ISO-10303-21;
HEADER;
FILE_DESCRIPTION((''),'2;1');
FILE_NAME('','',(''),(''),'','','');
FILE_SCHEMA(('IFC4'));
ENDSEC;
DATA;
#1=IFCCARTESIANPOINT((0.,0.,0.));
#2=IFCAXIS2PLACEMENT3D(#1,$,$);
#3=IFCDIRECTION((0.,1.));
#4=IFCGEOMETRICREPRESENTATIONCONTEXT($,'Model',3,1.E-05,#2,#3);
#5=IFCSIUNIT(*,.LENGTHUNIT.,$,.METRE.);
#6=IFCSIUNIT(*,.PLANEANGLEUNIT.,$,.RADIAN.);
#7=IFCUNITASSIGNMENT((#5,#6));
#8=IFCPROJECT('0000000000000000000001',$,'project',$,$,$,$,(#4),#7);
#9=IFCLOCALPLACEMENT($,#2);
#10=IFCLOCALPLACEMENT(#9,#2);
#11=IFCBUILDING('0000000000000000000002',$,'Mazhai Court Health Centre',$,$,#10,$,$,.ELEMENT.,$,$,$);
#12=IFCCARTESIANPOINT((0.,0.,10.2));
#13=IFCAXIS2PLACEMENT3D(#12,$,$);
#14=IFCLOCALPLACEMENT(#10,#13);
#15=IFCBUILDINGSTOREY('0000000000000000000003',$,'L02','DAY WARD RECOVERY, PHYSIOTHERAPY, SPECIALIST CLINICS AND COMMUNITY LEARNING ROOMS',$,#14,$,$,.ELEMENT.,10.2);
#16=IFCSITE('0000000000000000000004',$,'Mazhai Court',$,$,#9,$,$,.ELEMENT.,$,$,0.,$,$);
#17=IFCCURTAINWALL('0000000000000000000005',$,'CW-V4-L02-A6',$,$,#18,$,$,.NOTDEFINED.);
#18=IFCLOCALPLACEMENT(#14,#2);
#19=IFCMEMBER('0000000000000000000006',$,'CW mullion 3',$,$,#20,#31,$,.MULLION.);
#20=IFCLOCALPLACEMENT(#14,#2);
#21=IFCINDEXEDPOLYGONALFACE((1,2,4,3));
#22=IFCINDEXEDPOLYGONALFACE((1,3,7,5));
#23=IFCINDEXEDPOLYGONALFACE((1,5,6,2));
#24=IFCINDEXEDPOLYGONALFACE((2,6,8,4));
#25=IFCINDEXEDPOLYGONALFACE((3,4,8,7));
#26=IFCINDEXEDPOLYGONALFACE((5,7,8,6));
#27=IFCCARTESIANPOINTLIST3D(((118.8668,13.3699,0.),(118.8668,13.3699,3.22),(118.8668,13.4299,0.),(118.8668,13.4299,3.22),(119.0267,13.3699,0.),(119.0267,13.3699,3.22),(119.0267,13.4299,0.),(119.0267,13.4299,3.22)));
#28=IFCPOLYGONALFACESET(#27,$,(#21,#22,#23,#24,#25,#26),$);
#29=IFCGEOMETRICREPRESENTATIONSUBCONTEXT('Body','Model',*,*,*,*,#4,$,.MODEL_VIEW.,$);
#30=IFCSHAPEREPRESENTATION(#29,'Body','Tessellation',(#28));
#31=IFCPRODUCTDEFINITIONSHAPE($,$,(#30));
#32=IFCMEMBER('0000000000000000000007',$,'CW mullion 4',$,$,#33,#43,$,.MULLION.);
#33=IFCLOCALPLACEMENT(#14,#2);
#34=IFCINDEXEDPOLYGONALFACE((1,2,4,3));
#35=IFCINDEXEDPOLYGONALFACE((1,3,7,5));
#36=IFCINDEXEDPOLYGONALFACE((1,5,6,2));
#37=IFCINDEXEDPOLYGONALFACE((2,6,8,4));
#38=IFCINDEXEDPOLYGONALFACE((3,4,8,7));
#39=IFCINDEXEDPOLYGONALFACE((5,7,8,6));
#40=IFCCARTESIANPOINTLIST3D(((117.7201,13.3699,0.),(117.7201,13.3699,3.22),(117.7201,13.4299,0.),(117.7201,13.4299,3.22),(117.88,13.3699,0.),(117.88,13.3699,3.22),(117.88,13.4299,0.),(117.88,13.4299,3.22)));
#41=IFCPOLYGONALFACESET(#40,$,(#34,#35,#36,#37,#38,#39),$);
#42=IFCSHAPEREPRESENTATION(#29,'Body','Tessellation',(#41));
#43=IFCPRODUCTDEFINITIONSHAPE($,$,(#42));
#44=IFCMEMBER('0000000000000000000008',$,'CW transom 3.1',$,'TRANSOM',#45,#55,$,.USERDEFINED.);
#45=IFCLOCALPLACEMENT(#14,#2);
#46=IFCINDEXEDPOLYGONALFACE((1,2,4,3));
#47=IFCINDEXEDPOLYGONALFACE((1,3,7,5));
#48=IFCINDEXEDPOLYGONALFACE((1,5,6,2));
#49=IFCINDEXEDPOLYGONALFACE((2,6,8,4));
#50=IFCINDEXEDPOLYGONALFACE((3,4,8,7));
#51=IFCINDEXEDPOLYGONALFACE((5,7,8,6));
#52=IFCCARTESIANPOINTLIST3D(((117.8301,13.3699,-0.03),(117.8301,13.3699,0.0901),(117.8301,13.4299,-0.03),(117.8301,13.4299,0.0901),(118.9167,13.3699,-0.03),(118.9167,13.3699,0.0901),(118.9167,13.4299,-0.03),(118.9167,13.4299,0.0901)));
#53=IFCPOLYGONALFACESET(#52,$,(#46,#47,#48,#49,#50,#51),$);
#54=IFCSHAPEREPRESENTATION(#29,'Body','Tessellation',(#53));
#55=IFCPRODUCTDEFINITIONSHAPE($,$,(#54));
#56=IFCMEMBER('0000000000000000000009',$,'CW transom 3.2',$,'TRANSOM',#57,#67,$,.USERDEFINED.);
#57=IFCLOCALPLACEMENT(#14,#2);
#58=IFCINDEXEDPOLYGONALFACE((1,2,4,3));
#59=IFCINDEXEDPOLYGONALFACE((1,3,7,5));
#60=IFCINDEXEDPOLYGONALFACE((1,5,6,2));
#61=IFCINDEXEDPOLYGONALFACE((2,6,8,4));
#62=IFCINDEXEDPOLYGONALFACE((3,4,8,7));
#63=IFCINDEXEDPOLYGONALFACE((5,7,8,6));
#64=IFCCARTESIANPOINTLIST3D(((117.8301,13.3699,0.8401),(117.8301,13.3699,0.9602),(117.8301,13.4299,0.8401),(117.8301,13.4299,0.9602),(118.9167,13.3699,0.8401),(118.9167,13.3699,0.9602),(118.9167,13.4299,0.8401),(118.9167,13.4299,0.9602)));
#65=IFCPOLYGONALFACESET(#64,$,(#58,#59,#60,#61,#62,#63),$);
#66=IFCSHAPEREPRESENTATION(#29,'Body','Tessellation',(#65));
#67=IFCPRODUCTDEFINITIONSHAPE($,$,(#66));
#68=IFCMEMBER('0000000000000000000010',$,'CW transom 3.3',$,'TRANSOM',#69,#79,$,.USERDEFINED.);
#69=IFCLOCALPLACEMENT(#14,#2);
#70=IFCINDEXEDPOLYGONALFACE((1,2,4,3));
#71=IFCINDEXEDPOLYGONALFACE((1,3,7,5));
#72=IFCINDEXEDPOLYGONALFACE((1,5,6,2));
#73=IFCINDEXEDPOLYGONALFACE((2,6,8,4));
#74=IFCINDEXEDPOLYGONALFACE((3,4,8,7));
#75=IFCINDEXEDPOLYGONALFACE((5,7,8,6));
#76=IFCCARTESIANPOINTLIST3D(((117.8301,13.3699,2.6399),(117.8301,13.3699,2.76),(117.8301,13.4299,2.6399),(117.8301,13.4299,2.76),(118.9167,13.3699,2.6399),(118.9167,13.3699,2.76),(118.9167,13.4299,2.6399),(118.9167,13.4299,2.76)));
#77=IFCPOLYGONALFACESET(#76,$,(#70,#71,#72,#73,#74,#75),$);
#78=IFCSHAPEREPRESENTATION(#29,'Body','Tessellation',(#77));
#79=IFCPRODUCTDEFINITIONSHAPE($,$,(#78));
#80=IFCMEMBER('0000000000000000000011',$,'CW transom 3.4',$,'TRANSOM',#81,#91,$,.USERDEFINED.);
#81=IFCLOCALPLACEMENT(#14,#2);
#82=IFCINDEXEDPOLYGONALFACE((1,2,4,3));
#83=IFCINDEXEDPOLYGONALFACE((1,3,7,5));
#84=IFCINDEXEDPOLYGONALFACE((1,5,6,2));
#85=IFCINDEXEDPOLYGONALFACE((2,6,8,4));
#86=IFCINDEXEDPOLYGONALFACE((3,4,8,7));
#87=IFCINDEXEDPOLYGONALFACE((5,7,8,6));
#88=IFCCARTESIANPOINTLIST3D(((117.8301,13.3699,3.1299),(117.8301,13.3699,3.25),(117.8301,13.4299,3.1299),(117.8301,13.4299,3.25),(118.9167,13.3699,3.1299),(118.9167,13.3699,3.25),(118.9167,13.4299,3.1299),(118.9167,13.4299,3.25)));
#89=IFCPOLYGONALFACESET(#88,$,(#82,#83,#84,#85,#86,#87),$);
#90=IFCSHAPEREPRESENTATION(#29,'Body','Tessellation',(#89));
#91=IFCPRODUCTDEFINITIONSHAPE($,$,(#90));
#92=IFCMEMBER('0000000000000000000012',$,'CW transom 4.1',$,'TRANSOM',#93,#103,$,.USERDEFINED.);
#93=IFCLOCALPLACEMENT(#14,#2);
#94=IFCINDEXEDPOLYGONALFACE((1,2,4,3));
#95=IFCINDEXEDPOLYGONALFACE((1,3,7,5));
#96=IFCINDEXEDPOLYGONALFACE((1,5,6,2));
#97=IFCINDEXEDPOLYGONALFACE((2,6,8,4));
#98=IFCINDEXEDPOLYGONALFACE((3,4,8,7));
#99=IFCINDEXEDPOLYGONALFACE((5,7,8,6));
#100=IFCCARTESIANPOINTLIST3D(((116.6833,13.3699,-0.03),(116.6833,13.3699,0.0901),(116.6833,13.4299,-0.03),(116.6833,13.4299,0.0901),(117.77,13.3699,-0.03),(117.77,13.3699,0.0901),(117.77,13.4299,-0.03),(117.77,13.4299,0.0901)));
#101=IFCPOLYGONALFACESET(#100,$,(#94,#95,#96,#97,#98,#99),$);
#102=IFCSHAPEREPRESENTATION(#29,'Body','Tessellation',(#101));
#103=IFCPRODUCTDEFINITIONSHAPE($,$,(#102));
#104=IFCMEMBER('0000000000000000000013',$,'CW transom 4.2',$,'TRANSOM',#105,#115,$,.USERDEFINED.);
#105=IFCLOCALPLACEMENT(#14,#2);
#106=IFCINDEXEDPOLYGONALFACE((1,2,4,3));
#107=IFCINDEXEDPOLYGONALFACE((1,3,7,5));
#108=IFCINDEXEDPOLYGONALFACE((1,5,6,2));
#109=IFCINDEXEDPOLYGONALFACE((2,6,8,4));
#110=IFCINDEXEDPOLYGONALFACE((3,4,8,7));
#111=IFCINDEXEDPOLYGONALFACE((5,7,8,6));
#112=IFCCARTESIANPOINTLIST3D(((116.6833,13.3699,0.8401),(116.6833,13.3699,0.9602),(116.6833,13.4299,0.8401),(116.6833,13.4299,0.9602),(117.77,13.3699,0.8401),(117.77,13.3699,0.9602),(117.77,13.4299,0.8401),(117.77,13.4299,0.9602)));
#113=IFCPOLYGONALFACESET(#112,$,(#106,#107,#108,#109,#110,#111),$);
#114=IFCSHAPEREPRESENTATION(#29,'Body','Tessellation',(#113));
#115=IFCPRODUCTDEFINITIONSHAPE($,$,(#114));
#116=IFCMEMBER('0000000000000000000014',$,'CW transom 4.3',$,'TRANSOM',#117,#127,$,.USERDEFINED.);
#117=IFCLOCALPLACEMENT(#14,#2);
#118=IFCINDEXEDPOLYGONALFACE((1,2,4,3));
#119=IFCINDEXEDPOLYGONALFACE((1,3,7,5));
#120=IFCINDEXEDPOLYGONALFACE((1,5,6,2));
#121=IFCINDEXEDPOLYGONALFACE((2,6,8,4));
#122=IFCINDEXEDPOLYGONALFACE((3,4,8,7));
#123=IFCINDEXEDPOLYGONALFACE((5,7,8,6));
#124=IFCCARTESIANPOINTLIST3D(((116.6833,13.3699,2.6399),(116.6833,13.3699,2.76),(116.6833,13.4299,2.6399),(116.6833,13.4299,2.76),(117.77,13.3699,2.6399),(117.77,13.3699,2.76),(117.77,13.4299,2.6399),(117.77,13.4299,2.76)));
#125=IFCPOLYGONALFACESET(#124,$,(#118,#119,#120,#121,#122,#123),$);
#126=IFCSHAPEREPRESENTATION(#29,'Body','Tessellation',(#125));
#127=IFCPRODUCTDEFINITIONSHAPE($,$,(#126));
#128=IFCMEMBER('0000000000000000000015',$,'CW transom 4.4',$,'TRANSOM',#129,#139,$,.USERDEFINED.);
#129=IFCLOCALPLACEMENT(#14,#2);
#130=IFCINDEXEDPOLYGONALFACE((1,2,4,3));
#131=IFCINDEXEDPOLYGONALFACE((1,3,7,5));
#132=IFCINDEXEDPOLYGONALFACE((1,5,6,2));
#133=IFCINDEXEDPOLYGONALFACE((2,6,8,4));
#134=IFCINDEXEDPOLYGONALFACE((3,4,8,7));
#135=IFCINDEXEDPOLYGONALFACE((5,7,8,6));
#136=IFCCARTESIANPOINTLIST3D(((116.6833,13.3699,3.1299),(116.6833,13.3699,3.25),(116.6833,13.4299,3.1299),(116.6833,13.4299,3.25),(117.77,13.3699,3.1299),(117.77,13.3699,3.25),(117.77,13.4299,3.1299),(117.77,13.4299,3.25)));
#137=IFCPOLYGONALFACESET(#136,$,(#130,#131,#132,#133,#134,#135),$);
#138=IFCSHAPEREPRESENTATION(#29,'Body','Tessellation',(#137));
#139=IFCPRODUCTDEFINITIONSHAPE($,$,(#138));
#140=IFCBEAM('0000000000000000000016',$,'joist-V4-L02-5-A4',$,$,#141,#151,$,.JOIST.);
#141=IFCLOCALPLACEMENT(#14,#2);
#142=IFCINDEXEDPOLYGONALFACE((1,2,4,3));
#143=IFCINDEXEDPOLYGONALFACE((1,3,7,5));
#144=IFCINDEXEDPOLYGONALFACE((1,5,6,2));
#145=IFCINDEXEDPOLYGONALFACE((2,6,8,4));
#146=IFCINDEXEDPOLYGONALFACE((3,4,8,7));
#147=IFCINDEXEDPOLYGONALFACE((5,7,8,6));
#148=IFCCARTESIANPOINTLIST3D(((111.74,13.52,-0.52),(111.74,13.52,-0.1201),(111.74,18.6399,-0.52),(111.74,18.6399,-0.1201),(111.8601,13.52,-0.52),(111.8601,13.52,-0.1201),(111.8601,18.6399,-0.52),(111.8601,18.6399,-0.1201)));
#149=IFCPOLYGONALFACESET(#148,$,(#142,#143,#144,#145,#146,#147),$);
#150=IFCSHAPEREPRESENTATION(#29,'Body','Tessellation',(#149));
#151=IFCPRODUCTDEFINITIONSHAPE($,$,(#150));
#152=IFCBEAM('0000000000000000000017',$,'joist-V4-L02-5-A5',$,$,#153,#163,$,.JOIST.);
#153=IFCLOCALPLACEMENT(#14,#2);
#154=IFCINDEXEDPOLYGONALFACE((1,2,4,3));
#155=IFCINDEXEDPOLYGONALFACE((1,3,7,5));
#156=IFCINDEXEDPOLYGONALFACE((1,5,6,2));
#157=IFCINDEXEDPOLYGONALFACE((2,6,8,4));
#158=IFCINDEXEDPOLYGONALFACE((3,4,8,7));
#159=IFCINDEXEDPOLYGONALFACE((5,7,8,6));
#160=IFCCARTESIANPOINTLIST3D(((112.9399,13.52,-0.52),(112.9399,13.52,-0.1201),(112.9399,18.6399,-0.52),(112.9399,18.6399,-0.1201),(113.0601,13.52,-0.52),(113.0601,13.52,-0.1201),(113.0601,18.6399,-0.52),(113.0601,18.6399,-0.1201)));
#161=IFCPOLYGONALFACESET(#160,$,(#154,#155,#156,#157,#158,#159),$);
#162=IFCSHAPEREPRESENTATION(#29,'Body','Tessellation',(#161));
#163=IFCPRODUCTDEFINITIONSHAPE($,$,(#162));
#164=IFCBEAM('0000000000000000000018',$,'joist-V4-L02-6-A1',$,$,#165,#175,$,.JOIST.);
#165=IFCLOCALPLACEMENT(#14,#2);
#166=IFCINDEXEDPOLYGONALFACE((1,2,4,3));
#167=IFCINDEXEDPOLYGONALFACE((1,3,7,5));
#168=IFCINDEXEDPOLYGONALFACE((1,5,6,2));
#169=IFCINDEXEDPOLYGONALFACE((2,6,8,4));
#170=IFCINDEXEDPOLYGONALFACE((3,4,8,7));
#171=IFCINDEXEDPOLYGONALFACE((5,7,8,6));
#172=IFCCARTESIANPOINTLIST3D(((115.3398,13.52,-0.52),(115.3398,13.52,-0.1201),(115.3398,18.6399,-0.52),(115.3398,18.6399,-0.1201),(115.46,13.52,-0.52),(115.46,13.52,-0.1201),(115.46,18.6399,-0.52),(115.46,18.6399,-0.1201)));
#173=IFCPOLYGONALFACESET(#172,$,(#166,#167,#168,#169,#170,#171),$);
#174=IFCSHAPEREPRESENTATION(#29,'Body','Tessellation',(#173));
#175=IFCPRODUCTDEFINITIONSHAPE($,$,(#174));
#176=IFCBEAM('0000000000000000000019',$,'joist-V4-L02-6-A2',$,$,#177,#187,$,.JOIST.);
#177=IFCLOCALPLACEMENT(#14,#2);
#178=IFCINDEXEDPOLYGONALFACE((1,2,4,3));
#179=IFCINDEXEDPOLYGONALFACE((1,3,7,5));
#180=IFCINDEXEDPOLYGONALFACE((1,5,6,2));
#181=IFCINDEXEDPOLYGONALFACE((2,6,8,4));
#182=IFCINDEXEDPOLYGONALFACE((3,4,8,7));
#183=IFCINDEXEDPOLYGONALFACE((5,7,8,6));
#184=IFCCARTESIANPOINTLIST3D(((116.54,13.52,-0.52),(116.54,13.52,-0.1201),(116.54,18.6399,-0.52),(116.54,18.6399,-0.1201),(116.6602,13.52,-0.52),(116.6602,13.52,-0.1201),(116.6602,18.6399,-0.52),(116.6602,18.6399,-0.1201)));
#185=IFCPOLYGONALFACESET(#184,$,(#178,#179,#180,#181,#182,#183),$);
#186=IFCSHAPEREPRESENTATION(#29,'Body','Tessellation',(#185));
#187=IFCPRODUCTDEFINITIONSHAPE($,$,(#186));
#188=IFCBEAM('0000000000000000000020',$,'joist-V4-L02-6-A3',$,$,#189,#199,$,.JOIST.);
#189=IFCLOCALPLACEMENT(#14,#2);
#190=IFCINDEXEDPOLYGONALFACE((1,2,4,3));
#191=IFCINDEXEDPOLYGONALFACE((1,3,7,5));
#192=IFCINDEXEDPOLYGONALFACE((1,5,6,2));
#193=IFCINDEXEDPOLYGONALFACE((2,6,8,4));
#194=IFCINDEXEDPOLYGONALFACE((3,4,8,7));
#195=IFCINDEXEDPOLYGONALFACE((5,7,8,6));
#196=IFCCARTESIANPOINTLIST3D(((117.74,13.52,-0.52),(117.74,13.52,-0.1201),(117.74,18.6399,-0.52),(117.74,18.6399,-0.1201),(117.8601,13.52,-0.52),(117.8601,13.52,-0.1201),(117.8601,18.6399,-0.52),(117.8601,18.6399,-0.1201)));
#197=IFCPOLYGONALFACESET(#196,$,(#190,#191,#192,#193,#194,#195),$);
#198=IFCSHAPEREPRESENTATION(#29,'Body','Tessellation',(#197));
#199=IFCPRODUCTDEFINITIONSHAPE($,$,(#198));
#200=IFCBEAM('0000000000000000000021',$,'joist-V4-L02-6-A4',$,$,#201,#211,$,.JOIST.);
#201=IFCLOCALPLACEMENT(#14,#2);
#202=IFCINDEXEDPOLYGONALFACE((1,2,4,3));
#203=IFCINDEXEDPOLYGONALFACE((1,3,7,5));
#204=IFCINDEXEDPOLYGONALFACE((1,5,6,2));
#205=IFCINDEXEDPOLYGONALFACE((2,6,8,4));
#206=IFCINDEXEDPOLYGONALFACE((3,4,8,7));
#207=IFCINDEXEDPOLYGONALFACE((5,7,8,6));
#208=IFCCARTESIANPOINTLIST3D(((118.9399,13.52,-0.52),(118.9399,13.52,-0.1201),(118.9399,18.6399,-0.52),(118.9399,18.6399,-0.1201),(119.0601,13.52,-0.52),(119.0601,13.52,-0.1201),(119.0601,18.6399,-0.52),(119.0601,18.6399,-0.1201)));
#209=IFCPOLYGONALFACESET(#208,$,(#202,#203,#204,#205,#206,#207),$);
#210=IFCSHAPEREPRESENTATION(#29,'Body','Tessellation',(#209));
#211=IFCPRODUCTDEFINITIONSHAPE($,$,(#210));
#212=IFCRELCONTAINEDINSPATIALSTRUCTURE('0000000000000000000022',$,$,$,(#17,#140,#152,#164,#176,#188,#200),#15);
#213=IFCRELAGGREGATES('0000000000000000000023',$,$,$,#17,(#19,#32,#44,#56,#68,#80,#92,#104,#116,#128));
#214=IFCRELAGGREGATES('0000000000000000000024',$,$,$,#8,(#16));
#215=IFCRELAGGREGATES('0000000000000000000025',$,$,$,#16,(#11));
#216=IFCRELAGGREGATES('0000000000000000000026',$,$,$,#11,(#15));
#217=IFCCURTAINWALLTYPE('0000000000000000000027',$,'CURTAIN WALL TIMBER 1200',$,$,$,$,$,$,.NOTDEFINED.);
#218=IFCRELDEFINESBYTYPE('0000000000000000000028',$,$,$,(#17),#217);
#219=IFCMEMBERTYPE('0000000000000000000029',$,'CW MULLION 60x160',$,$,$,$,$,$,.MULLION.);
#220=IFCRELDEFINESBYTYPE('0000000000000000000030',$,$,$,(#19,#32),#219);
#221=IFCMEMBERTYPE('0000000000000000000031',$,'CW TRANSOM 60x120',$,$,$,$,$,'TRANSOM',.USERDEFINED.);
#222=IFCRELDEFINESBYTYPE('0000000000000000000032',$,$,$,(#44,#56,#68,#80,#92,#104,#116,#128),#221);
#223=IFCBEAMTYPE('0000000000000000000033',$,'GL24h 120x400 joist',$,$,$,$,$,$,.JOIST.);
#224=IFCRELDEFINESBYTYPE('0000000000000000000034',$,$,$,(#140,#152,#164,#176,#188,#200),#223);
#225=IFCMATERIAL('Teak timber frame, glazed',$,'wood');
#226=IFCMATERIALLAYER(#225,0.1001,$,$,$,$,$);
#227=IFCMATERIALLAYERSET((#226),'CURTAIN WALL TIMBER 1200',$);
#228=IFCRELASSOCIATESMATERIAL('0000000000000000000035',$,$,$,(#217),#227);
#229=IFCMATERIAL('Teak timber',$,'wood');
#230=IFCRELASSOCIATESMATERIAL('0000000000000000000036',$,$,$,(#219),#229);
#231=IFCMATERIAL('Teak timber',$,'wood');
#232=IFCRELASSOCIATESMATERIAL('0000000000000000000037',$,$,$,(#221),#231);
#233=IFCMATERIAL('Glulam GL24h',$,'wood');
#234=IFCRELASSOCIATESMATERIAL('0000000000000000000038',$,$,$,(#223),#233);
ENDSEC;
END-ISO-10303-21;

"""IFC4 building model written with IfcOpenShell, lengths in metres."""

from ifc_helpers import new_model, si_unit, direction, frame, origin, origin_2d, place, context, subcontext, project, spatial, rectangle, extrude, material, layer, layer_set, material_profile, profile_set, type_object, element, aggregate, save


model = new_model("IFC4")

# Units and contexts
model_context = context("Model", 3, precision=1e-05, world=origin(), true_north=direction((0.0, 1.0)))
body_context = subcontext(model_context, "Body", "Model", "MODEL_VIEW")
ifc_project = project(units=[si_unit("LENGTHUNIT", "METRE"), si_unit("PLANEANGLEUNIT", "RADIAN")], contexts=[model_context])

# Site, building, storey
site_placement = place(None, origin())
site = spatial("IfcSite", under=ifc_project, at=site_placement, Name="Mazhai Court", CompositionType="ELEMENT", RefElevation=0.0)
building_placement = place(site_placement, origin())
building = spatial("IfcBuilding", under=site, at=building_placement, Name="Mazhai Court Health Centre", CompositionType="ELEMENT")
storey_placement = place(building_placement, frame((0.0, 0.0, 10.2)))
storey = spatial("IfcBuildingStorey", under=building, at=storey_placement, Name="L02", Description="DAY WARD RECOVERY, PHYSIOTHERAPY, SPECIALIST CLINICS AND COMMUNITY LEARNING ROOMS", CompositionType="ELEMENT", Elevation=10.2)

# Curtain wall, members
ifc_material_1 = material(Name="Teak timber frame, glazed", Category="wood")
ifc_layer_1 = layer(ifc_material_1, 0.1001)
ifc_layer_set_1 = layer_set([ifc_layer_1], Name="CURTAIN WALL TIMBER 1200")
curtain_wall_type = type_object("IfcCurtainWallType", Name="CURTAIN WALL TIMBER 1200", PredefinedType="NOTDEFINED", material=ifc_layer_set_1)
curtain_wall_placement = place(storey_placement, origin())
curtain_wall = element("IfcCurtainWall", 1, at=curtain_wall_placement, inside=storey, type_object=curtain_wall_type, Name="CW-V4-L02-A6", PredefinedType="NOTDEFINED")
ifc_material_2 = material(Name="Teak timber", Category="wood")
ifc_material_profile_1 = material_profile(ifc_material_2, rectangle(XDim=0.0601, YDim=0.1599, at=origin_2d()), Name="CW MULLION 60x160")
ifc_profile_set_1 = profile_set([ifc_material_profile_1], Name="Teak timber")
member_type_1 = type_object("IfcMemberType", Name="CW MULLION 60x160", PredefinedType="MULLION", material=ifc_profile_set_1)
member_1_placement = place(storey_placement, frame((118.9468, 13.3999, 0.0), z_axis=(0.0, 0.0, 1.0), x_axis=(0.0, -1.0, 0.0)))
member_1 = element("IfcMember", 2, at=member_1_placement, type_object=member_type_1, Name="CW mullion 3", PredefinedType="MULLION", context=body_context, shape_type="SweptSolid", body=[
    extrude(rectangle(XDim=0.0601, YDim=0.1599, at=origin_2d()), origin(), (0.0, 0.0, 1.0), 3.22),
])
member_2_placement = place(storey_placement, frame((117.8, 13.3999, 0.0), z_axis=(0.0, 0.0, 1.0), x_axis=(0.0, -1.0, 0.0)))
member_2 = element("IfcMember", 3, at=member_2_placement, type_object=member_type_1, Name="CW mullion 4", PredefinedType="MULLION", context=body_context, shape_type="SweptSolid", body=[
    extrude(rectangle(XDim=0.0601, YDim=0.1599, at=origin_2d()), origin(), (0.0, 0.0, 1.0), 3.22),
])
ifc_material_3 = material(Name="Teak timber", Category="wood")
ifc_material_profile_2 = material_profile(ifc_material_3, rectangle(XDim=0.0601, YDim=0.1201, at=origin_2d()), Name="CW TRANSOM 60x120")
ifc_profile_set_2 = profile_set([ifc_material_profile_2], Name="Teak timber")
member_type_2 = type_object("IfcMemberType", Name="CW TRANSOM 60x120", ElementType="TRANSOM", PredefinedType="USERDEFINED", material=ifc_profile_set_2)
member_3_placement = place(storey_placement, frame((118.9167, 13.3999, 0.03), z_axis=(-1.0, 0.0, 0.0), x_axis=(0.0, -1.0, 0.0)))
member_3 = element("IfcMember", 4, at=member_3_placement, type_object=member_type_2, Name="CW transom 3.1", ObjectType="TRANSOM", PredefinedType="USERDEFINED", context=body_context, shape_type="SweptSolid", body=[
    extrude(rectangle(XDim=0.0601, YDim=0.1201, at=origin_2d()), origin(), (0.0, 0.0, 1.0), 1.0867),
])
member_4_placement = place(storey_placement, frame((118.9167, 13.3999, 0.9001), z_axis=(-1.0, 0.0, 0.0), x_axis=(0.0, -1.0, 0.0)))
member_4 = element("IfcMember", 5, at=member_4_placement, type_object=member_type_2, Name="CW transom 3.2", ObjectType="TRANSOM", PredefinedType="USERDEFINED", context=body_context, shape_type="SweptSolid", body=[
    extrude(rectangle(XDim=0.0601, YDim=0.1201, at=origin_2d()), origin(), (0.0, 0.0, 1.0), 1.0867),
])
member_5_placement = place(storey_placement, frame((118.9167, 13.3999, 2.7), z_axis=(-1.0, 0.0, 0.0), x_axis=(0.0, -1.0, 0.0)))
member_5 = element("IfcMember", 6, at=member_5_placement, type_object=member_type_2, Name="CW transom 3.3", ObjectType="TRANSOM", PredefinedType="USERDEFINED", context=body_context, shape_type="SweptSolid", body=[
    extrude(rectangle(XDim=0.0601, YDim=0.1201, at=origin_2d()), origin(), (0.0, 0.0, 1.0), 1.0867),
])
member_6_placement = place(storey_placement, frame((118.9167, 13.3999, 3.1899), z_axis=(-1.0, 0.0, 0.0), x_axis=(0.0, -1.0, 0.0)))
member_6 = element("IfcMember", 7, at=member_6_placement, type_object=member_type_2, Name="CW transom 3.4", ObjectType="TRANSOM", PredefinedType="USERDEFINED", context=body_context, shape_type="SweptSolid", body=[
    extrude(rectangle(XDim=0.0601, YDim=0.1201, at=origin_2d()), origin(), (0.0, 0.0, 1.0), 1.0867),
])
member_7_placement = place(storey_placement, frame((117.77, 13.3999, 0.03), z_axis=(-1.0, 0.0, 0.0), x_axis=(0.0, -1.0, 0.0)))
member_7 = element("IfcMember", 8, at=member_7_placement, type_object=member_type_2, Name="CW transom 4.1", ObjectType="TRANSOM", PredefinedType="USERDEFINED", context=body_context, shape_type="SweptSolid", body=[
    extrude(rectangle(XDim=0.0601, YDim=0.1201, at=origin_2d()), origin(), (0.0, 0.0, 1.0), 1.0867),
])
member_8_placement = place(storey_placement, frame((117.77, 13.3999, 0.9001), z_axis=(-1.0, 0.0, 0.0), x_axis=(0.0, -1.0, 0.0)))
member_8 = element("IfcMember", 9, at=member_8_placement, type_object=member_type_2, Name="CW transom 4.2", ObjectType="TRANSOM", PredefinedType="USERDEFINED", context=body_context, shape_type="SweptSolid", body=[
    extrude(rectangle(XDim=0.0601, YDim=0.1201, at=origin_2d()), origin(), (0.0, 0.0, 1.0), 1.0867),
])
member_9_placement = place(storey_placement, frame((117.77, 13.3999, 2.7), z_axis=(-1.0, 0.0, 0.0), x_axis=(0.0, -1.0, 0.0)))
member_9 = element("IfcMember", 10, at=member_9_placement, type_object=member_type_2, Name="CW transom 4.3", ObjectType="TRANSOM", PredefinedType="USERDEFINED", context=body_context, shape_type="SweptSolid", body=[
    extrude(rectangle(XDim=0.0601, YDim=0.1201, at=origin_2d()), origin(), (0.0, 0.0, 1.0), 1.0867),
])
member_10_placement = place(storey_placement, frame((117.77, 13.3999, 3.1899), z_axis=(-1.0, 0.0, 0.0), x_axis=(0.0, -1.0, 0.0)))
member_10 = element("IfcMember", 11, at=member_10_placement, type_object=member_type_2, Name="CW transom 4.4", ObjectType="TRANSOM", PredefinedType="USERDEFINED", context=body_context, shape_type="SweptSolid", body=[
    extrude(rectangle(XDim=0.0601, YDim=0.1201, at=origin_2d()), origin(), (0.0, 0.0, 1.0), 1.0867),
])

# Beams
ifc_material_4 = material(Name="Glulam GL24h", Category="wood")
ifc_material_profile_3 = material_profile(ifc_material_4, rectangle(XDim=0.1201, YDim=0.3999, at=origin_2d()), Name="GL24h 120x400")
ifc_profile_set_3 = profile_set([ifc_material_profile_3], Name="Glulam GL24h")
beam_type = type_object("IfcBeamType", Name="GL24h 120x400 joist", PredefinedType="JOIST", material=ifc_profile_set_3)
for number, where, z_axis, x_axis, name in (
    (12, (111.8, 13.52, -0.3201), (0.0, 1.0, 0.0), (-1.0, 0.0, 0.0), "joist-V4-L02-5-A4"),
    (13, (113.0, 13.52, -0.3201), (0.0, 1.0, 0.0), (-1.0, 0.0, 0.0), "joist-V4-L02-5-A5"),
    (14, (115.3999, 13.52, -0.3201), (0.0, 1.0, 0.0), (-1.0, 0.0, 0.0), "joist-V4-L02-6-A1"),
    (15, (116.6001, 13.52, -0.3201), (0.0, 1.0, 0.0), (-1.0, 0.0, 0.0), "joist-V4-L02-6-A2"),
    (16, (117.8, 13.52, -0.3201), (0.0, 1.0, 0.0), (-1.0, 0.0, 0.0), "joist-V4-L02-6-A3"),
    (17, (119.0, 13.52, -0.3201), (0.0, 1.0, 0.0), (-1.0, 0.0, 0.0), "joist-V4-L02-6-A4"),
):
    element("IfcBeam", number, at=place(storey_placement, frame(where, z_axis=z_axis, x_axis=x_axis)), inside=storey, type_object=beam_type, Name=name, PredefinedType="JOIST", context=body_context, shape_type="SweptSolid", body=[
        extrude(rectangle(XDim=0.1201, YDim=0.3999, at=origin_2d()), origin(), (0.0, 0.0, 1.0), 5.1199),
    ])

aggregate(curtain_wall, [member_1, member_2, member_3, member_4, member_5, member_6, member_7, member_8, member_9, member_10])

save(model, "model.ifc")
